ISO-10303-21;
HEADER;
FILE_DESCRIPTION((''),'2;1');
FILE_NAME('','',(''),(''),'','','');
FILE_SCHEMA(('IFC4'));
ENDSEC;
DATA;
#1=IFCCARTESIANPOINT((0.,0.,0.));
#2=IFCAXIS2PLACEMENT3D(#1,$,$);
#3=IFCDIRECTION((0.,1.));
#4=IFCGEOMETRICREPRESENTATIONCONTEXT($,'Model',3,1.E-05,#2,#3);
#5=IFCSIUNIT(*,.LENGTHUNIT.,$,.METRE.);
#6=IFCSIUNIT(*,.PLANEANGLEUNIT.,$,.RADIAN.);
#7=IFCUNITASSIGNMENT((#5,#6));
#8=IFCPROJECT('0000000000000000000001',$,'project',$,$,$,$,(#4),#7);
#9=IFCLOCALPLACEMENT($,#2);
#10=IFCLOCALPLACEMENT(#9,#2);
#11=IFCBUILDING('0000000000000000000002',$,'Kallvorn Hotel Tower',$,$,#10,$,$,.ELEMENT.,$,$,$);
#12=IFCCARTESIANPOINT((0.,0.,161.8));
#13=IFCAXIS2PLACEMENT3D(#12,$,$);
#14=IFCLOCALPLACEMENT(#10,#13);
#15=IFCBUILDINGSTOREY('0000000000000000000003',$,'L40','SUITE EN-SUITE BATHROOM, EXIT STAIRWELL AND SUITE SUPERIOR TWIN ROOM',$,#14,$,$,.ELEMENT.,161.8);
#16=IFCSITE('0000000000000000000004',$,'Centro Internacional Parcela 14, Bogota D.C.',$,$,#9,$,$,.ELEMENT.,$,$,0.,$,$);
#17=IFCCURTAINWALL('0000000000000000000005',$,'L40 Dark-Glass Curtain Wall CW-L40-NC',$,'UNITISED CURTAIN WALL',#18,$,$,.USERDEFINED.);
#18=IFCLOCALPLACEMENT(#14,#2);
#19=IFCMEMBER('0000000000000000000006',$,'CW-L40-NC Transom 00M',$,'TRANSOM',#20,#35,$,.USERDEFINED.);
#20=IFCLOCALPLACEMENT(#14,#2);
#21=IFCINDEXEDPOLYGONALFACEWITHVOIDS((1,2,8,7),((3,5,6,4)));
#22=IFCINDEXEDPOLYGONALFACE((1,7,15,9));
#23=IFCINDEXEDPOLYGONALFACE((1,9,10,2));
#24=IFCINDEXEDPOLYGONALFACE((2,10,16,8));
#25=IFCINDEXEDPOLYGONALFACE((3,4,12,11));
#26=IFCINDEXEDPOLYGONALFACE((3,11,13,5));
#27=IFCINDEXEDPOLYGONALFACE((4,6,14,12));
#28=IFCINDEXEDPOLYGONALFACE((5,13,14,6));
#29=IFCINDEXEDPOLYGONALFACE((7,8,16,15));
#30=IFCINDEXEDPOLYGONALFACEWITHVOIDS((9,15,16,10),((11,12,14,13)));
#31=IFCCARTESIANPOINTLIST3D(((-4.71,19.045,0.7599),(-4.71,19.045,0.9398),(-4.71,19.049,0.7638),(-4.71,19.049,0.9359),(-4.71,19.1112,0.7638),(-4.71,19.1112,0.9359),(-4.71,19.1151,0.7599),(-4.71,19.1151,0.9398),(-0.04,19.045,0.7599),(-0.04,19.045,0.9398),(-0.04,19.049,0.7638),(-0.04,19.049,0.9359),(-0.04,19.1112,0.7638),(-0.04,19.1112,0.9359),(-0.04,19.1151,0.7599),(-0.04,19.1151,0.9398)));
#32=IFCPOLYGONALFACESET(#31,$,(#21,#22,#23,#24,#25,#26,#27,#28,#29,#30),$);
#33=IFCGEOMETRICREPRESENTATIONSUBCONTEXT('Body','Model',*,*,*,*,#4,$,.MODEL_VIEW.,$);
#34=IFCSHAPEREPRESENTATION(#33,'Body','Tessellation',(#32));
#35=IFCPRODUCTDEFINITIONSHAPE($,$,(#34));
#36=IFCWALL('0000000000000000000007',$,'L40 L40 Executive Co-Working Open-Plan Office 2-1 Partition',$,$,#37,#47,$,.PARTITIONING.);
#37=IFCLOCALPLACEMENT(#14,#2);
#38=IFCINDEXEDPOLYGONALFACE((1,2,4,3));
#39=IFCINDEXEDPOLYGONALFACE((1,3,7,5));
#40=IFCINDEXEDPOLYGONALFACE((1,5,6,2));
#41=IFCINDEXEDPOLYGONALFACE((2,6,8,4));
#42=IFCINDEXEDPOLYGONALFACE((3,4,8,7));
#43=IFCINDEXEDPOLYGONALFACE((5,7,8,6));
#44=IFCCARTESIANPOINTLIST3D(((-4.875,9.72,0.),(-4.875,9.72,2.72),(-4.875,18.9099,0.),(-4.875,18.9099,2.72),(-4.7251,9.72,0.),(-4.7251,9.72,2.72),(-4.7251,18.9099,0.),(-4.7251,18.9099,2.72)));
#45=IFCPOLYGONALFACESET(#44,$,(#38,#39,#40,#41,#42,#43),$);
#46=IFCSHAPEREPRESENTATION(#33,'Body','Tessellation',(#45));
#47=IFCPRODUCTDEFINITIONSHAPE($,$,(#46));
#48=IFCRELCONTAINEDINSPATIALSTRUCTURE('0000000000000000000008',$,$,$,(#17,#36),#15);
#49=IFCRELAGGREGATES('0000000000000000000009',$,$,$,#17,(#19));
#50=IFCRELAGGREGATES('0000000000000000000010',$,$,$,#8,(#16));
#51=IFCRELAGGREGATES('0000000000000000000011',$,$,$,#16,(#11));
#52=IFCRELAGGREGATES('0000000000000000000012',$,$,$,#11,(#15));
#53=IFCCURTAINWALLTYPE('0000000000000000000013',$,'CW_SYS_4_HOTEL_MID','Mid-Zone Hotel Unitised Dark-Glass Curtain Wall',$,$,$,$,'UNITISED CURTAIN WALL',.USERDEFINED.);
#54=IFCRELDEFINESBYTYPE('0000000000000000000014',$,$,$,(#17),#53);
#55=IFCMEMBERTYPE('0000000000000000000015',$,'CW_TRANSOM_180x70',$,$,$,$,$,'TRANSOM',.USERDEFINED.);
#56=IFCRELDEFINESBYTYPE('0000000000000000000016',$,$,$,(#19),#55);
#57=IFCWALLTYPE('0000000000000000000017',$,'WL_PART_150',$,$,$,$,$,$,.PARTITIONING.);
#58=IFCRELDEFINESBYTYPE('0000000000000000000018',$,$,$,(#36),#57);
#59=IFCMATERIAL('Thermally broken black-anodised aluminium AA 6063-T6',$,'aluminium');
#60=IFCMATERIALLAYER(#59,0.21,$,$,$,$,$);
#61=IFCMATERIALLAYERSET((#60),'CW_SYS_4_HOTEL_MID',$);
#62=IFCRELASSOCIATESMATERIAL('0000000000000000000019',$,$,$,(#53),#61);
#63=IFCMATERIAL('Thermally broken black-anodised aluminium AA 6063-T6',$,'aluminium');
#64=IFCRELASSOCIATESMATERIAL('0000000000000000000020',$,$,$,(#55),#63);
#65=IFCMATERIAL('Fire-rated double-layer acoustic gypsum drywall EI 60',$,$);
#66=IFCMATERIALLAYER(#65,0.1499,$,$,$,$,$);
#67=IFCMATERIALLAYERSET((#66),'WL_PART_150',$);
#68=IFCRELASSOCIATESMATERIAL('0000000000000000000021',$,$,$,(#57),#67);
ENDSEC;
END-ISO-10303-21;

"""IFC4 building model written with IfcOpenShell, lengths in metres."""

from ifc_helpers import new_model, si_unit, direction, frame, frame_2d, origin, origin_2d, place, context, subcontext, project, spatial, rectangle, hollow_rectangle, extrude, material, layer, layer_set, material_profile, profile_set, type_object, element, aggregate, save


model = new_model("IFC4")

# Units and contexts
model_context = context("Model", 3, precision=1e-05, world=origin(), true_north=direction((0.0, 1.0)))
body_context = subcontext(model_context, "Body", "Model", "MODEL_VIEW")
ifc_project = project(units=[si_unit("LENGTHUNIT", "METRE"), si_unit("PLANEANGLEUNIT", "RADIAN")], contexts=[model_context])

# Site, building, storey
site_placement = place(None, origin())
site = spatial("IfcSite", under=ifc_project, at=site_placement, Name="Centro Internacional Parcela 14, Bogota D.C.", CompositionType="ELEMENT", RefElevation=0.0)
building_placement = place(site_placement, origin())
building = spatial("IfcBuilding", under=site, at=building_placement, Name="Kallvorn Hotel Tower", CompositionType="ELEMENT")
storey_placement = place(building_placement, frame((0.0, 0.0, 161.8)))
storey = spatial("IfcBuildingStorey", under=building, at=storey_placement, Name="L40", Description="SUITE EN-SUITE BATHROOM, EXIT STAIRWELL AND SUITE SUPERIOR TWIN ROOM", CompositionType="ELEMENT", Elevation=161.8)

# Curtain wall, member
ifc_material_1 = material(Name="Thermally broken black-anodised aluminium AA 6063-T6", Category="aluminium")
ifc_layer_1 = layer(ifc_material_1, 0.21)
ifc_layer_set_1 = layer_set([ifc_layer_1], Name="CW_SYS_4_HOTEL_MID")
curtain_wall_type = type_object("IfcCurtainWallType", Name="CW_SYS_4_HOTEL_MID", Description="Mid-Zone Hotel Unitised Dark-Glass Curtain Wall", ElementType="UNITISED CURTAIN WALL", PredefinedType="USERDEFINED", material=ifc_layer_set_1)
curtain_wall_placement = place(storey_placement, origin())
curtain_wall = element("IfcCurtainWall", 1, at=curtain_wall_placement, inside=storey, type_object=curtain_wall_type, Name="L40 Dark-Glass Curtain Wall CW-L40-NC", ObjectType="UNITISED CURTAIN WALL", PredefinedType="USERDEFINED")
ifc_material_2 = material(Name="Thermally broken black-anodised aluminium AA 6063-T6", Category="aluminium")
ifc_material_profile_1 = material_profile(ifc_material_2, hollow_rectangle(XDim=0.0701, YDim=0.1799, WallThickness=0.0039, at=origin_2d()), Name="TRN 180x70")
ifc_profile_set_1 = profile_set([ifc_material_profile_1], Name="Thermally broken black-anodised aluminium AA 6063-T6")
member_type_1 = type_object("IfcMemberType", Name="CW_TRANSOM_180x70", ElementType="TRANSOM", PredefinedType="USERDEFINED", material=ifc_profile_set_1)
member_1_placement = place(storey_placement, frame((-4.71, 19.0801, 0.8499), z_axis=(1.0, 0.0, 0.0), x_axis=(0.0, 1.0, 0.0)))
member_1 = element("IfcMember", 2, at=member_1_placement, type_object=member_type_1, Name="CW-L40-NC Transom 00M", ObjectType="TRANSOM", PredefinedType="USERDEFINED", context=body_context, shape_type="SweptSolid", body=[
    extrude(hollow_rectangle(XDim=0.0701, YDim=0.1799, WallThickness=0.0039, at=origin_2d()), origin(), (0.0, 0.0, 1.0), 4.6699),
])
aggregate(curtain_wall, [member_1])

# Wall
ifc_material_3 = material(Name="Fire-rated double-layer acoustic gypsum drywall EI 60")
ifc_layer_2 = layer(ifc_material_3, 0.1499)
ifc_layer_set_2 = layer_set([ifc_layer_2], Name="WL_PART_150")
wall_type = type_object("IfcWallType", Name="WL_PART_150", PredefinedType="PARTITIONING", material=ifc_layer_set_2)
wall_placement = place(storey_placement, frame((-4.8, 9.72, 0.0), z_axis=(0.0, 0.0, 1.0), x_axis=(0.0, 1.0, 0.0)))
element("IfcWall", 3, at=wall_placement, inside=storey, type_object=wall_type, Name="L40 L40 Executive Co-Working Open-Plan Office 2-1 Partition", PredefinedType="PARTITIONING", context=body_context, shape_type="SweptSolid", body=[
    extrude(rectangle(XDim=9.1899, YDim=0.1499, at=frame_2d((4.595, 0.0))), origin(), (0.0, 0.0, 1.0), 2.72),
])

save(model, "model.ifc")
